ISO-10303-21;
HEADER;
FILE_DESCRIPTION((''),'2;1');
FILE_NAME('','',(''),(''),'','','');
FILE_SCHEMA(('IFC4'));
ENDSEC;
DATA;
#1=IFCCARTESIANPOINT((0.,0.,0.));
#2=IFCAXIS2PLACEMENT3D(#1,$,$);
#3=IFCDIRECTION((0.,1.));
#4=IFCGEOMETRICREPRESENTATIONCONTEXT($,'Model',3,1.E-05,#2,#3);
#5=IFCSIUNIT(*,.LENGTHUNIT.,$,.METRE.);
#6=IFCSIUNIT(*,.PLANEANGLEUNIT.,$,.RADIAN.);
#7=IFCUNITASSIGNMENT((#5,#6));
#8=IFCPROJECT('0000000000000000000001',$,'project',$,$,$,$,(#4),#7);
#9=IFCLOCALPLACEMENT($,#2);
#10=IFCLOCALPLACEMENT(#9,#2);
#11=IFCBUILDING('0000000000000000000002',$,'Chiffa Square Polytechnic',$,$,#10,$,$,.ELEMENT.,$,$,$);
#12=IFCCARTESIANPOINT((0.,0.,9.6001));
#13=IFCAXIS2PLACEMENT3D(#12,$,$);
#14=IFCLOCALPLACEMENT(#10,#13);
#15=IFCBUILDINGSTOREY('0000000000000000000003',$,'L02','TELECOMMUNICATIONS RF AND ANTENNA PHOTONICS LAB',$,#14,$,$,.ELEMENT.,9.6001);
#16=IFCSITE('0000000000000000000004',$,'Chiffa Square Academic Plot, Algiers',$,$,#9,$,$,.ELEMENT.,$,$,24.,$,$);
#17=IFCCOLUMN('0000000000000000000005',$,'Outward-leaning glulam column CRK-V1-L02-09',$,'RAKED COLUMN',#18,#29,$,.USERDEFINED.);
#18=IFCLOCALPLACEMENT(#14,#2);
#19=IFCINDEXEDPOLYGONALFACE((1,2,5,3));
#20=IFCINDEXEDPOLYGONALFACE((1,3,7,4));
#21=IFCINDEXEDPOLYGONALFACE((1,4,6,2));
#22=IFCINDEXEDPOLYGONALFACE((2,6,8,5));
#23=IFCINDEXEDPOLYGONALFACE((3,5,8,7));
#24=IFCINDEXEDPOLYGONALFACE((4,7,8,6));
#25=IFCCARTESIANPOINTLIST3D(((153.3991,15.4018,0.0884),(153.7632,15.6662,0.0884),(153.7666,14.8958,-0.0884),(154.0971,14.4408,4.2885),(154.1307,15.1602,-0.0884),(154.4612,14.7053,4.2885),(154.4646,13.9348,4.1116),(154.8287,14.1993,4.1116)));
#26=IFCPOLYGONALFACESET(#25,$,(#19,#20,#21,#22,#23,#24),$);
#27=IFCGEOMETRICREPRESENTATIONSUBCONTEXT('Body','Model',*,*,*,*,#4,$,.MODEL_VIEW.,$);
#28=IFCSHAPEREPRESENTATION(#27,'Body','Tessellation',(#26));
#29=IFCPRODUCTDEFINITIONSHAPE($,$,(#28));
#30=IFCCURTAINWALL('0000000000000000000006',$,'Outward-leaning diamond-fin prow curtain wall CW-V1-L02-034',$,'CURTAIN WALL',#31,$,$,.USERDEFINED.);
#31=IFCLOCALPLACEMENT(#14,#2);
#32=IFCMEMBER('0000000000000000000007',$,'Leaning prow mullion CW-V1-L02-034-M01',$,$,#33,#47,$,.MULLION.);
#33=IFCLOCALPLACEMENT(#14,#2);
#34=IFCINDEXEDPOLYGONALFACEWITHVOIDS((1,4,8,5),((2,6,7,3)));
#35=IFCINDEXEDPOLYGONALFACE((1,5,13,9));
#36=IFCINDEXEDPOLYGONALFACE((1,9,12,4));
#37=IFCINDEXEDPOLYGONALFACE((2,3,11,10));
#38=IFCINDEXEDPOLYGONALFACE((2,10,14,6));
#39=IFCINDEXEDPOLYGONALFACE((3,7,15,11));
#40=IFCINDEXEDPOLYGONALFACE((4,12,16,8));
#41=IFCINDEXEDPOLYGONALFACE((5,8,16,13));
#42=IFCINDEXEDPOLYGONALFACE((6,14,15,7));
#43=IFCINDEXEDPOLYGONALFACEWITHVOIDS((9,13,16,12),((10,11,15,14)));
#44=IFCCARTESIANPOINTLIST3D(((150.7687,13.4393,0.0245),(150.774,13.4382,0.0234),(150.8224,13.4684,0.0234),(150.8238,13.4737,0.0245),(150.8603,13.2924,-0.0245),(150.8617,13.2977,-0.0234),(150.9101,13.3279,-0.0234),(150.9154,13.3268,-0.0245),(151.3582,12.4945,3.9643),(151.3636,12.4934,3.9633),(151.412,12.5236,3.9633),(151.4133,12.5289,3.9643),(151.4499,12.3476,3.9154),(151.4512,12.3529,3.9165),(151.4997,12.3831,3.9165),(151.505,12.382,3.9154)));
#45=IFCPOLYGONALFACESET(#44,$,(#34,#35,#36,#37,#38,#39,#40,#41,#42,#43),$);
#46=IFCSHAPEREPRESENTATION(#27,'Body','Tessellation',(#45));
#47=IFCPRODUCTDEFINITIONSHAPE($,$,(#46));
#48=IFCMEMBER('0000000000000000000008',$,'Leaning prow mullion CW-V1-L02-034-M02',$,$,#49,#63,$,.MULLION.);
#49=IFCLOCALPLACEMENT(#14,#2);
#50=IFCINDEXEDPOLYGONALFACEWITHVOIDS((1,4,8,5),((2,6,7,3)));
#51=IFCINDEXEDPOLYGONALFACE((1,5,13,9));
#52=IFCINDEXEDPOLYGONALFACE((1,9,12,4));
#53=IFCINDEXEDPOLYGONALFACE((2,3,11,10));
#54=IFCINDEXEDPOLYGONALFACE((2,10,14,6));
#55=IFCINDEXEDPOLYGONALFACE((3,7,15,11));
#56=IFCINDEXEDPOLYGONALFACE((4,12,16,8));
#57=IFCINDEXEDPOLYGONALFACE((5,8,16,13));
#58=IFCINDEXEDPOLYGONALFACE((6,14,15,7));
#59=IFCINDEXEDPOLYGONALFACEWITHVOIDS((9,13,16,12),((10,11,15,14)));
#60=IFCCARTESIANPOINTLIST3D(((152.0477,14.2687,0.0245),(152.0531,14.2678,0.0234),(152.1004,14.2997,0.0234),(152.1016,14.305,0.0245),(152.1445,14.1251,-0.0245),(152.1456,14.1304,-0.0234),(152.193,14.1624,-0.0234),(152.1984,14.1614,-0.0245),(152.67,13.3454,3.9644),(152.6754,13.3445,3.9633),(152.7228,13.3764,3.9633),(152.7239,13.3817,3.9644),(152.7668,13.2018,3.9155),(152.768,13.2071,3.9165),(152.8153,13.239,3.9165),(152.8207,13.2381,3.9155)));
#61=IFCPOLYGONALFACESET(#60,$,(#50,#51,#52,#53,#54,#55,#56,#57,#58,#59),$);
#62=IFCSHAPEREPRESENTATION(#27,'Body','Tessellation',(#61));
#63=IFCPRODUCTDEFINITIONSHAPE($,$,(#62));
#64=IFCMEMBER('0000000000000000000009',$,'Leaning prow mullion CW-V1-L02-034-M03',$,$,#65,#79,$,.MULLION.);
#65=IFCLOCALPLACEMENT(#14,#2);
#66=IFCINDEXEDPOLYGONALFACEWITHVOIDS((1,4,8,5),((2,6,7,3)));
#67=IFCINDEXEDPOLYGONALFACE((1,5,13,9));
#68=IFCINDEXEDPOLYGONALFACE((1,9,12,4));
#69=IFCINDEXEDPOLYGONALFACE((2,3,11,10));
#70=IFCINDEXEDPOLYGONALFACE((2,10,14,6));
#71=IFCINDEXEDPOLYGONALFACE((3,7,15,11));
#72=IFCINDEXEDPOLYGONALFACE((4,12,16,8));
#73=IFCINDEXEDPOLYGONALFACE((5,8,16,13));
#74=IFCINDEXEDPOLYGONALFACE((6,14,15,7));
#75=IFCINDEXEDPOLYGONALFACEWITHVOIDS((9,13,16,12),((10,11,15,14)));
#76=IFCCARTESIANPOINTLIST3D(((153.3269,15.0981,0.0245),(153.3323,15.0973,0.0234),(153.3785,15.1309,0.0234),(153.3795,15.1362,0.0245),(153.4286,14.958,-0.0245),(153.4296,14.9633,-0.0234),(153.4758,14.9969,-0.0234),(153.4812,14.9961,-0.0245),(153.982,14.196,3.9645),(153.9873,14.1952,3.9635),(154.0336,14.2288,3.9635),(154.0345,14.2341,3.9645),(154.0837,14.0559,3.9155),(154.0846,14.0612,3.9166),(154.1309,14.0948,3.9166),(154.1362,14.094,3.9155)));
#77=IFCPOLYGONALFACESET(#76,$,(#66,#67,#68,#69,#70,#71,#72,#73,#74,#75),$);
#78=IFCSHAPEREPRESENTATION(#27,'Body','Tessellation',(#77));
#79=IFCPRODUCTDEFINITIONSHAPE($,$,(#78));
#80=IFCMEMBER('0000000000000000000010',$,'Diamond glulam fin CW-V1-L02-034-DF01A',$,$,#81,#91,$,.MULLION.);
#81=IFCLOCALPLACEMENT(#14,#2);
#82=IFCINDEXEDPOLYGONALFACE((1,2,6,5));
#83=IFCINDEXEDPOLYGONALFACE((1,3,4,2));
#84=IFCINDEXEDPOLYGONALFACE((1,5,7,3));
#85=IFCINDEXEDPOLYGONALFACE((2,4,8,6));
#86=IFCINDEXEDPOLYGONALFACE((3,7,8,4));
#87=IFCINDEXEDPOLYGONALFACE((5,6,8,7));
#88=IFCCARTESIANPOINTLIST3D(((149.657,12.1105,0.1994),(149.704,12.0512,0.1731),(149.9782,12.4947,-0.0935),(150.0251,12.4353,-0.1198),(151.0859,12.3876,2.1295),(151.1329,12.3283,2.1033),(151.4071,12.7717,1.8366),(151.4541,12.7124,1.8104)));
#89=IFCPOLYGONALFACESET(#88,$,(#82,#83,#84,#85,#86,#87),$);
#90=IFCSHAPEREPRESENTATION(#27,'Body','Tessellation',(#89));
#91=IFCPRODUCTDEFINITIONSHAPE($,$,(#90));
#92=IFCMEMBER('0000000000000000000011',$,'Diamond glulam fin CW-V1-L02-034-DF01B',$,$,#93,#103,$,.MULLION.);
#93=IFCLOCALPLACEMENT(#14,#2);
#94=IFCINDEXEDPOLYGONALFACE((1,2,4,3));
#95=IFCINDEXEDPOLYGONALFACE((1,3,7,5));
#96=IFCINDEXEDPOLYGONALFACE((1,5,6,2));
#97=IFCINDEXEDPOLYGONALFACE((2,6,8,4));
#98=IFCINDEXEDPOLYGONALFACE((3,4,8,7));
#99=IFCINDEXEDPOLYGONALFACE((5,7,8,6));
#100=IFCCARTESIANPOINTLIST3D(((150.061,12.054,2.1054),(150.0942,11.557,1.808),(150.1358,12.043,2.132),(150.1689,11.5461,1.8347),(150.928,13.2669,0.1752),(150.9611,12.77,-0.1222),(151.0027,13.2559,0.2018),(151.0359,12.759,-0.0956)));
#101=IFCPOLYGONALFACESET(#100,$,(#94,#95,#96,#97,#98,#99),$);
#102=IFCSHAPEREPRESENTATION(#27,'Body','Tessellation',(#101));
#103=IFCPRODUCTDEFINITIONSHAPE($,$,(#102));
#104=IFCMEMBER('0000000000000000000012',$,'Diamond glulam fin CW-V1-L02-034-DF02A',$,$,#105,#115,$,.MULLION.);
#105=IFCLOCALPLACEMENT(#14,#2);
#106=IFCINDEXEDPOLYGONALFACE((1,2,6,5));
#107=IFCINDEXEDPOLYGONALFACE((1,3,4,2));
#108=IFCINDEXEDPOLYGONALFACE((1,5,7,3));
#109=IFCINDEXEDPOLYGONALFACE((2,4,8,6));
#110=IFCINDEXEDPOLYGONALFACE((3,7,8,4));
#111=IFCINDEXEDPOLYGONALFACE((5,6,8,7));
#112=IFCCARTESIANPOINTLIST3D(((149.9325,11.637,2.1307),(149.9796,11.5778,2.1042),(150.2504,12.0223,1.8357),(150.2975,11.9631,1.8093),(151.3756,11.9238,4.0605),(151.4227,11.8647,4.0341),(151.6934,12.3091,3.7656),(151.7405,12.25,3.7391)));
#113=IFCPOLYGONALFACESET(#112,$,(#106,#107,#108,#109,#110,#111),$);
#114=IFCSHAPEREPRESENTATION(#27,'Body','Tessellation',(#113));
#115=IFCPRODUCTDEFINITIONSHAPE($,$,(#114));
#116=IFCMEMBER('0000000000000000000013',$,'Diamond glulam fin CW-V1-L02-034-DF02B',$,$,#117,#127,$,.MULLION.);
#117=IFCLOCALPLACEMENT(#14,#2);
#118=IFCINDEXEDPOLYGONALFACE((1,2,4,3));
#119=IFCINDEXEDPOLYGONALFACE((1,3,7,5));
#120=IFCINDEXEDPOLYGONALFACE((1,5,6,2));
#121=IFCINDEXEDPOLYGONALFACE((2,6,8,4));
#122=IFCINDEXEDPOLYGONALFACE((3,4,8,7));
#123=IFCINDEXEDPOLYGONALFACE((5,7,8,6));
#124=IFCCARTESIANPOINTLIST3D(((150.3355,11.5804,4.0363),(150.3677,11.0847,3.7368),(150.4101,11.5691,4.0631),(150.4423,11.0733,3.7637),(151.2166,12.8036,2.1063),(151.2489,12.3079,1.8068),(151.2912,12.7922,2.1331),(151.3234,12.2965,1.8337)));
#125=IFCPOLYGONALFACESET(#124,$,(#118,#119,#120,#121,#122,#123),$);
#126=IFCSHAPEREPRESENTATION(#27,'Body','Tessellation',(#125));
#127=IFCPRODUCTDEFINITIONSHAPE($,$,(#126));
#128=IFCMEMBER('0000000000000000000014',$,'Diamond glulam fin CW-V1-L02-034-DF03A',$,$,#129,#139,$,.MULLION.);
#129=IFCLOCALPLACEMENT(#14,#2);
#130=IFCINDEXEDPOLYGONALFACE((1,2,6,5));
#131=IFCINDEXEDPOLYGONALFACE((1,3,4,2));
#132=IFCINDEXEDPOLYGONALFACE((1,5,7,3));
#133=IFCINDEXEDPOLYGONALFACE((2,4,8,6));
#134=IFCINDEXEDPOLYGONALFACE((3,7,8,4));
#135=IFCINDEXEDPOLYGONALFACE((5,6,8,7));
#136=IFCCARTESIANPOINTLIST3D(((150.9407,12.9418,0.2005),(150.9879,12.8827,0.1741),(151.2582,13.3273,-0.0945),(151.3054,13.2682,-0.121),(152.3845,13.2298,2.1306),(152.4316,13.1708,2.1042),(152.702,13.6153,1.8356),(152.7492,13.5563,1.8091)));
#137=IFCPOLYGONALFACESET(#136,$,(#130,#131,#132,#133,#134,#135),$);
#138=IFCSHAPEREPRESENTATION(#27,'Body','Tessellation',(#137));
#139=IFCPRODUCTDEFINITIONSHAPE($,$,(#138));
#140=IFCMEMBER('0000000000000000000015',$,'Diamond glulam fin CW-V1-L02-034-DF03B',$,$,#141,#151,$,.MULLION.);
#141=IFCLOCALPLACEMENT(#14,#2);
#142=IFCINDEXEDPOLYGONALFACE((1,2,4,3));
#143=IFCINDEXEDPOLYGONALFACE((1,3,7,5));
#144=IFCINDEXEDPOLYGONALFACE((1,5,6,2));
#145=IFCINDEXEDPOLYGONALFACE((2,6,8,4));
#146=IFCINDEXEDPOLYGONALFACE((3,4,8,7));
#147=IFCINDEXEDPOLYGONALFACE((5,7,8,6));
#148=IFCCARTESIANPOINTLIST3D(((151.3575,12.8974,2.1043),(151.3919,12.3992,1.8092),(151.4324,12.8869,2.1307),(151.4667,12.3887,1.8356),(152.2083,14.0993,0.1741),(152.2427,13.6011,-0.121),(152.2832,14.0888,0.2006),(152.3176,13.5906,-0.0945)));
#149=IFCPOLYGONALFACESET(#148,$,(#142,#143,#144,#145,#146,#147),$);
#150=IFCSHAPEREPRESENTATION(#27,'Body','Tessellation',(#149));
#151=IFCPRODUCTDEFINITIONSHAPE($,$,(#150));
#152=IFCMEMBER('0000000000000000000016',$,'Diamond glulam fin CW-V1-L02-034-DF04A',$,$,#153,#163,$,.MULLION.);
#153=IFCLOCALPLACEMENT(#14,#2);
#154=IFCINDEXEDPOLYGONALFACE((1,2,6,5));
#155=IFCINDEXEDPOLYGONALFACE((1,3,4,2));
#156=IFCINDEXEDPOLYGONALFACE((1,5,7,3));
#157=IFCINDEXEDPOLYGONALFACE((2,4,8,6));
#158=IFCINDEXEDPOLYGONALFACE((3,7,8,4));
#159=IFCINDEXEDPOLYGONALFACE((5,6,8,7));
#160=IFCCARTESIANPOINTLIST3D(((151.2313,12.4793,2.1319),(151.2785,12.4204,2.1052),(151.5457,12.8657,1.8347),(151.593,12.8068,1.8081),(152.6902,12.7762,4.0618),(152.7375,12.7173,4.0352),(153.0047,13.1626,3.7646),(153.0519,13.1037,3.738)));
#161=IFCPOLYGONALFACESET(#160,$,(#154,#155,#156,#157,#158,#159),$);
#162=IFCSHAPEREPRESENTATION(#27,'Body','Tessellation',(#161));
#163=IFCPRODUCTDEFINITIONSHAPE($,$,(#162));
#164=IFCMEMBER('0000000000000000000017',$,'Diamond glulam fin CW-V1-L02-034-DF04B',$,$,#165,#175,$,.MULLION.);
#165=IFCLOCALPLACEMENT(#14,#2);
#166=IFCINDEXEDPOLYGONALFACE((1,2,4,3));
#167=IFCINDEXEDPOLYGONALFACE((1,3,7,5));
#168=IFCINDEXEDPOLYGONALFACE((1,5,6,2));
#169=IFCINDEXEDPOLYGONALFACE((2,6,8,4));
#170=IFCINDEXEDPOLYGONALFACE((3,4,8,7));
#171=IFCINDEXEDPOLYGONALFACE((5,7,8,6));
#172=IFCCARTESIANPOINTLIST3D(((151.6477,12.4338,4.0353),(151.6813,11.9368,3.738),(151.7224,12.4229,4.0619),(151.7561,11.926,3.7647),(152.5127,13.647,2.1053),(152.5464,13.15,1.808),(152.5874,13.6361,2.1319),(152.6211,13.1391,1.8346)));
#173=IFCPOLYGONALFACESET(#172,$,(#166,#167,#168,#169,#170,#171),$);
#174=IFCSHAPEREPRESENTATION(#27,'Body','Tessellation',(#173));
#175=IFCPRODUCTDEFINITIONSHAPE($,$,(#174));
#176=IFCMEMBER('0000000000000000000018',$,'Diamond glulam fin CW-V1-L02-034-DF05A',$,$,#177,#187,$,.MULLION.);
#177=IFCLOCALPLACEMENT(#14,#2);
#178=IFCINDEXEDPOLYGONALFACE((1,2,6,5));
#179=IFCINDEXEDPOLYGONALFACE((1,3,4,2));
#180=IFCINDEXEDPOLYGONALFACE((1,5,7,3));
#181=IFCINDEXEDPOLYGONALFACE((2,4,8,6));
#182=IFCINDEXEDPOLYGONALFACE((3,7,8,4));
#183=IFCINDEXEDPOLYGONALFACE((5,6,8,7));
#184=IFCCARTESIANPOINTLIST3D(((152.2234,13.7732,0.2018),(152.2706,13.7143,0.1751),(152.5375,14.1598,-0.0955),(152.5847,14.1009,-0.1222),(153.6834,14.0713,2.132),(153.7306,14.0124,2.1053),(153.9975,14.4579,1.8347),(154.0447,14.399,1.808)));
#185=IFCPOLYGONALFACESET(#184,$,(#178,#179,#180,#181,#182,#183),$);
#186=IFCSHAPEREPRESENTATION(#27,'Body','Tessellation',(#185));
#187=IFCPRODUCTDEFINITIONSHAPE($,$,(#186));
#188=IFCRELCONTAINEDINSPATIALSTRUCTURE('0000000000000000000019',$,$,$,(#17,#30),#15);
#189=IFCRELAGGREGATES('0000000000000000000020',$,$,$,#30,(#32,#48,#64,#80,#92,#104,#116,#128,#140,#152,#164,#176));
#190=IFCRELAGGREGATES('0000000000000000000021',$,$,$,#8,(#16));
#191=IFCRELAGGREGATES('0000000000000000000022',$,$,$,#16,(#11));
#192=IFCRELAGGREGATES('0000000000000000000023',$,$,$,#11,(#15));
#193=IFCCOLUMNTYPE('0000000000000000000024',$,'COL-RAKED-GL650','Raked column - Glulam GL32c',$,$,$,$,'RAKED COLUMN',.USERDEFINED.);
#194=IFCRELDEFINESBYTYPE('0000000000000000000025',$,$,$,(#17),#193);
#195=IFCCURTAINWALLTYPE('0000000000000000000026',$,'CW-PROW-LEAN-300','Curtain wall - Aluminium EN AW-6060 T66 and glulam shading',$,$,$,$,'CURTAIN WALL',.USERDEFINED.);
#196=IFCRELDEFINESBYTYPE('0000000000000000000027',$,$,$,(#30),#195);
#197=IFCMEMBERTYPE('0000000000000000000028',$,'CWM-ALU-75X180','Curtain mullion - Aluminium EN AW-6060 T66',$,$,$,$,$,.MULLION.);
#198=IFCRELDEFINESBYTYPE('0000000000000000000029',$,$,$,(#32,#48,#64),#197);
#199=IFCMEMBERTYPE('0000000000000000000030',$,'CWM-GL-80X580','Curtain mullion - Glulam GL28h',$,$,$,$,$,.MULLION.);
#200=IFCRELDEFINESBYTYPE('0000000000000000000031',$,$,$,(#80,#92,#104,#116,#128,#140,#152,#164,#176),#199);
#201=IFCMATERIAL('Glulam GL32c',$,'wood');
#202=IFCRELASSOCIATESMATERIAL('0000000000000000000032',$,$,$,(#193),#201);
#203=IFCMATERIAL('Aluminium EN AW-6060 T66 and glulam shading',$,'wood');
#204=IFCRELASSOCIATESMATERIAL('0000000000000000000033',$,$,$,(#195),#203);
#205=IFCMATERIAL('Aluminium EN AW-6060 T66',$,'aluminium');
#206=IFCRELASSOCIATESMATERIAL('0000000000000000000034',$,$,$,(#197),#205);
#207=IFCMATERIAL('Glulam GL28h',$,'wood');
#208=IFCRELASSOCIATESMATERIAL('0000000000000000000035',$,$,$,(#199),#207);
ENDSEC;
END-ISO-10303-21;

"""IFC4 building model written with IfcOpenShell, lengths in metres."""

from ifc_helpers import new_model, si_unit, direction, frame, origin, origin_2d, place, context, subcontext, project, spatial, rectangle, hollow_rectangle, extrude, material, material_profile, profile_set, type_object, element, aggregate, save


model = new_model("IFC4")

# Units and contexts
model_context = context("Model", 3, precision=1e-05, world=origin(), true_north=direction((0.0, 1.0)))
body_context = subcontext(model_context, "Body", "Model", "MODEL_VIEW")
ifc_project = project(units=[si_unit("LENGTHUNIT", "METRE"), si_unit("PLANEANGLEUNIT", "RADIAN")], contexts=[model_context])

# Site, building, storey
site_placement = place(None, origin())
site = spatial("IfcSite", under=ifc_project, at=site_placement, Name="Chiffa Square Academic Plot, Algiers", CompositionType="ELEMENT", RefElevation=24.0)
building_placement = place(site_placement, origin())
building = spatial("IfcBuilding", under=site, at=building_placement, Name="Chiffa Square Polytechnic", CompositionType="ELEMENT")
storey_placement = place(building_placement, frame((0.0, 0.0, 9.6001)))
storey = spatial("IfcBuildingStorey", under=building, at=storey_placement, Name="L02", Description="TELECOMMUNICATIONS RF AND ANTENNA PHOTONICS LAB", CompositionType="ELEMENT", Elevation=9.6001)

# Column
ifc_material_1 = material(Name="Glulam GL32c", Category="wood")
ifc_material_profile_1 = material_profile(ifc_material_1, rectangle(XDim=0.45, YDim=0.6499, at=origin_2d()), Name="GL32c 450x650")
ifc_profile_set_1 = profile_set([ifc_material_profile_1], Name="Glulam GL32c")
column_type = type_object("IfcColumnType", Name="COL-RAKED-GL650", Description="Raked column - Glulam GL32c", ElementType="RAKED COLUMN", PredefinedType="USERDEFINED", material=ifc_profile_set_1)
column_placement = place(storey_placement, frame((153.7649, 15.281, 0.0), z_axis=(0.159921, -0.220164, 0.962265), x_axis=(0.809083, 0.587695, 0.0)))
element("IfcColumn", 1, at=column_placement, inside=storey, type_object=column_type, Name="Outward-leaning glulam column CRK-V1-L02-09", ObjectType="RAKED COLUMN", PredefinedType="USERDEFINED", context=body_context, shape_type="SweptSolid", body=[
    extrude(rectangle(XDim=0.45, YDim=0.6499, at=origin_2d()), origin(), (0.0, 0.0, 1.0), 4.3647),
])

# Curtain wall, members
ifc_material_2 = material(Name="Aluminium EN AW-6060 T66 and glulam shading", Category="wood")
curtain_wall_type_1 = type_object("IfcCurtainWallType", Name="CW-PROW-LEAN-300", Description="Curtain wall - Aluminium EN AW-6060 T66 and glulam shading", ElementType="CURTAIN WALL", PredefinedType="USERDEFINED", material=ifc_material_2)
curtain_wall_1_placement = place(storey_placement, origin())
curtain_wall_1 = element("IfcCurtainWall", 2, at=curtain_wall_1_placement, inside=storey, type_object=curtain_wall_type_1, Name="Outward-leaning diamond-fin prow curtain wall CW-V1-L02-034", ObjectType="CURTAIN WALL", PredefinedType="USERDEFINED")
ifc_material_3 = material(Name="Aluminium EN AW-6060 T66", Category="aluminium")
ifc_material_profile_2 = material_profile(ifc_material_3, hollow_rectangle(XDim=0.0649, YDim=0.1799, WallThickness=0.0039, at=origin_2d()), Name="ALU 65x180x4")
ifc_profile_set_2 = profile_set([ifc_material_profile_2], Name="Aluminium EN AW-6060 T66")
member_type_1 = type_object("IfcMemberType", Name="CWM-ALU-75X180", Description="Curtain mullion - Aluminium EN AW-6060 T66", PredefinedType="MULLION", material=ifc_profile_set_2)
member_1_placement = place(storey_placement, frame((150.842, 13.3831, 0.0), z_axis=(0.144004, -0.230765, 0.962294), x_axis=(0.848368, 0.529408, 0.0)))
member_1 = element("IfcMember", 3, at=member_1_placement, type_object=member_type_1, Name="Leaning prow mullion CW-V1-L02-034-M01", PredefinedType="MULLION", context=body_context, shape_type="SweptSolid", body=[
    extrude(hollow_rectangle(XDim=0.0649, YDim=0.1799, WallThickness=0.0039, at=origin_2d()), origin(), (0.0, 0.0, 1.0), 4.0942),
])
member_2_placement = place(storey_placement, frame((152.123, 14.2151, 0.0), z_axis=(0.151997, -0.225521, 0.962308), x_axis=(0.82924, 0.558893, 0.0)))
member_2 = element("IfcMember", 4, at=member_2_placement, type_object=member_type_1, Name="Leaning prow mullion CW-V1-L02-034-M02", PredefinedType="MULLION", context=body_context, shape_type="SweptSolid", body=[
    extrude(hollow_rectangle(XDim=0.0649, YDim=0.1799, WallThickness=0.0039, at=origin_2d()), origin(), (0.0, 0.0, 1.0), 4.0942),
])
member_3_placement = place(storey_placement, frame((153.4041, 15.0471, 0.0), z_axis=(0.159973, -0.220313, 0.962222), x_axis=(0.809181, 0.58756, 0.0)))
member_3 = element("IfcMember", 5, at=member_3_placement, type_object=member_type_1, Name="Leaning prow mullion CW-V1-L02-034-M03", PredefinedType="MULLION", context=body_context, shape_type="SweptSolid", body=[
    extrude(hollow_rectangle(XDim=0.0649, YDim=0.1799, WallThickness=0.0039, at=origin_2d()), origin(), (0.0, 0.0, 1.0), 4.0947),
])
ifc_material_4 = material(Name="Glulam GL28h", Category="wood")
ifc_material_profile_3 = material_profile(ifc_material_4, rectangle(XDim=0.0801, YDim=0.5801, at=origin_2d()), Name="GL28h 80x580")
ifc_profile_set_3 = profile_set([ifc_material_profile_3], Name="Glulam GL28h")
member_type_2 = type_object("IfcMemberType", Name="CWM-GL-80X580", Description="Curtain mullion - Glulam GL28h", PredefinedType="MULLION", material=ifc_profile_set_3)
member_4_placement = place(storey_placement, frame((149.8411, 12.2729, 0.0398), z_axis=(0.591089, 0.114623, 0.79842), x_axis=(-0.586557, 0.74055, 0.327927)))
member_4 = element("IfcMember", 6, at=member_4_placement, type_object=member_type_2, Name="Diamond glulam fin CW-V1-L02-034-DF01A", PredefinedType="MULLION", context=body_context, shape_type="SweptSolid", body=[
    extrude(rectangle(XDim=0.0801, YDim=0.5801, at=origin_2d()), origin(), (0.0, 0.0, 1.0), 2.4175),
])
member_5_placement = place(storey_placement, frame((150.9819, 13.0129, 0.0398), z_axis=(-0.355464, -0.497309, 0.79141), x_axis=(0.932943, -0.137024, 0.33293)))
member_5 = element("IfcMember", 7, at=member_5_placement, type_object=member_type_2, Name="Diamond glulam fin CW-V1-L02-034-DF01B", PredefinedType="MULLION", context=body_context, shape_type="SweptSolid", body=[
    extrude(rectangle(XDim=0.0801, YDim=0.5801, at=origin_2d()), origin(), (0.0, 0.0, 1.0), 2.439),
])
member_6_placement = place(storey_placement, frame((150.115, 11.8, 1.97), z_axis=(0.59465, 0.118206, 0.795248), x_axis=(-0.588324, 0.738131, 0.330206)))
member_6 = element("IfcMember", 8, at=member_6_placement, type_object=member_type_2, Name="Diamond glulam fin CW-V1-L02-034-DF02A", PredefinedType="MULLION", context=body_context, shape_type="SweptSolid", body=[
    extrude(rectangle(XDim=0.0801, YDim=0.5801, at=origin_2d()), origin(), (0.0, 0.0, 1.0), 2.4268),
])
member_7_placement = place(storey_placement, frame((151.27, 12.55, 1.97), z_axis=(-0.359797, -0.499469, 0.788084), x_axis=(0.931373, -0.141932, 0.335262)))
member_7 = element("IfcMember", 9, at=member_7_placement, type_object=member_type_2, Name="Diamond glulam fin CW-V1-L02-034-DF02B", PredefinedType="MULLION", context=body_context, shape_type="SweptSolid", body=[
    extrude(rectangle(XDim=0.0801, YDim=0.5801, at=origin_2d()), origin(), (0.0, 0.0, 1.0), 2.449),
])
member_8_placement = place(storey_placement, frame((151.123, 13.105, 0.0398), z_axis=(0.594762, 0.118671, 0.795095), x_axis=(-0.588771, 0.737726, 0.330316)))
member_8 = element("IfcMember", 10, at=member_8_placement, type_object=member_type_2, Name="Diamond glulam fin CW-V1-L02-034-DF03A", PredefinedType="MULLION", context=body_context, shape_type="SweptSolid", body=[
    extrude(rectangle(XDim=0.0801, YDim=0.5801, at=origin_2d()), origin(), (0.0, 0.0, 1.0), 2.4275),
])
member_9_placement = place(storey_placement, frame((152.2629, 13.845, 0.0398), z_axis=(-0.350458, -0.495065, 0.795041), x_axis=(0.934701, -0.13115, 0.330354)))
member_9 = element("IfcMember", 11, at=member_9_placement, type_object=member_type_2, Name="Diamond glulam fin CW-V1-L02-034-DF03B", PredefinedType="MULLION", context=body_context, shape_type="SweptSolid", body=[
    extrude(rectangle(XDim=0.0801, YDim=0.5801, at=origin_2d()), origin(), (0.0, 0.0, 1.0), 2.4277),
])
member_10_placement = place(storey_placement, frame((151.4121, 12.6431, 1.97), z_axis=(0.598558, 0.121795, 0.791767), x_axis=(-0.589794, 0.735845, 0.332678)))
member_10 = element("IfcMember", 12, at=member_10_placement, type_object=member_type_2, Name="Diamond glulam fin CW-V1-L02-034-DF04A", PredefinedType="MULLION", context=body_context, shape_type="SweptSolid", body=[
    extrude(rectangle(XDim=0.0801, YDim=0.5801, at=origin_2d()), origin(), (0.0, 0.0, 1.0), 2.4375),
])
member_11_placement = place(storey_placement, frame((152.5669, 13.3931, 1.97), z_axis=(-0.354774, -0.497565, 0.791558), x_axis=(0.933148, -0.135874, 0.332826)))
member_11 = element("IfcMember", 13, at=member_11_placement, type_object=member_type_2, Name="Diamond glulam fin CW-V1-L02-034-DF04B", PredefinedType="MULLION", context=body_context, shape_type="SweptSolid", body=[
    extrude(rectangle(XDim=0.0801, YDim=0.5801, at=origin_2d()), origin(), (0.0, 0.0, 1.0), 2.4382),
])
member_12_placement = place(storey_placement, frame((152.4041, 13.937, 0.0398), z_axis=(0.598731, 0.122249, 0.791566), x_axis=(-0.590181, 0.73547, 0.33282)))
member_12 = element("IfcMember", 14, at=member_12_placement, type_object=member_type_2, Name="Diamond glulam fin CW-V1-L02-034-DF05A", PredefinedType="MULLION", context=body_context, shape_type="SweptSolid", body=[
    extrude(rectangle(XDim=0.0801, YDim=0.5801, at=origin_2d()), origin(), (0.0, 0.0, 1.0), 2.4385),
])

aggregate(curtain_wall_1, [member_1, member_2, member_3, member_4, member_5, member_6, member_7, member_8, member_9, member_10, member_11, member_12])

save(model, "model.ifc")
